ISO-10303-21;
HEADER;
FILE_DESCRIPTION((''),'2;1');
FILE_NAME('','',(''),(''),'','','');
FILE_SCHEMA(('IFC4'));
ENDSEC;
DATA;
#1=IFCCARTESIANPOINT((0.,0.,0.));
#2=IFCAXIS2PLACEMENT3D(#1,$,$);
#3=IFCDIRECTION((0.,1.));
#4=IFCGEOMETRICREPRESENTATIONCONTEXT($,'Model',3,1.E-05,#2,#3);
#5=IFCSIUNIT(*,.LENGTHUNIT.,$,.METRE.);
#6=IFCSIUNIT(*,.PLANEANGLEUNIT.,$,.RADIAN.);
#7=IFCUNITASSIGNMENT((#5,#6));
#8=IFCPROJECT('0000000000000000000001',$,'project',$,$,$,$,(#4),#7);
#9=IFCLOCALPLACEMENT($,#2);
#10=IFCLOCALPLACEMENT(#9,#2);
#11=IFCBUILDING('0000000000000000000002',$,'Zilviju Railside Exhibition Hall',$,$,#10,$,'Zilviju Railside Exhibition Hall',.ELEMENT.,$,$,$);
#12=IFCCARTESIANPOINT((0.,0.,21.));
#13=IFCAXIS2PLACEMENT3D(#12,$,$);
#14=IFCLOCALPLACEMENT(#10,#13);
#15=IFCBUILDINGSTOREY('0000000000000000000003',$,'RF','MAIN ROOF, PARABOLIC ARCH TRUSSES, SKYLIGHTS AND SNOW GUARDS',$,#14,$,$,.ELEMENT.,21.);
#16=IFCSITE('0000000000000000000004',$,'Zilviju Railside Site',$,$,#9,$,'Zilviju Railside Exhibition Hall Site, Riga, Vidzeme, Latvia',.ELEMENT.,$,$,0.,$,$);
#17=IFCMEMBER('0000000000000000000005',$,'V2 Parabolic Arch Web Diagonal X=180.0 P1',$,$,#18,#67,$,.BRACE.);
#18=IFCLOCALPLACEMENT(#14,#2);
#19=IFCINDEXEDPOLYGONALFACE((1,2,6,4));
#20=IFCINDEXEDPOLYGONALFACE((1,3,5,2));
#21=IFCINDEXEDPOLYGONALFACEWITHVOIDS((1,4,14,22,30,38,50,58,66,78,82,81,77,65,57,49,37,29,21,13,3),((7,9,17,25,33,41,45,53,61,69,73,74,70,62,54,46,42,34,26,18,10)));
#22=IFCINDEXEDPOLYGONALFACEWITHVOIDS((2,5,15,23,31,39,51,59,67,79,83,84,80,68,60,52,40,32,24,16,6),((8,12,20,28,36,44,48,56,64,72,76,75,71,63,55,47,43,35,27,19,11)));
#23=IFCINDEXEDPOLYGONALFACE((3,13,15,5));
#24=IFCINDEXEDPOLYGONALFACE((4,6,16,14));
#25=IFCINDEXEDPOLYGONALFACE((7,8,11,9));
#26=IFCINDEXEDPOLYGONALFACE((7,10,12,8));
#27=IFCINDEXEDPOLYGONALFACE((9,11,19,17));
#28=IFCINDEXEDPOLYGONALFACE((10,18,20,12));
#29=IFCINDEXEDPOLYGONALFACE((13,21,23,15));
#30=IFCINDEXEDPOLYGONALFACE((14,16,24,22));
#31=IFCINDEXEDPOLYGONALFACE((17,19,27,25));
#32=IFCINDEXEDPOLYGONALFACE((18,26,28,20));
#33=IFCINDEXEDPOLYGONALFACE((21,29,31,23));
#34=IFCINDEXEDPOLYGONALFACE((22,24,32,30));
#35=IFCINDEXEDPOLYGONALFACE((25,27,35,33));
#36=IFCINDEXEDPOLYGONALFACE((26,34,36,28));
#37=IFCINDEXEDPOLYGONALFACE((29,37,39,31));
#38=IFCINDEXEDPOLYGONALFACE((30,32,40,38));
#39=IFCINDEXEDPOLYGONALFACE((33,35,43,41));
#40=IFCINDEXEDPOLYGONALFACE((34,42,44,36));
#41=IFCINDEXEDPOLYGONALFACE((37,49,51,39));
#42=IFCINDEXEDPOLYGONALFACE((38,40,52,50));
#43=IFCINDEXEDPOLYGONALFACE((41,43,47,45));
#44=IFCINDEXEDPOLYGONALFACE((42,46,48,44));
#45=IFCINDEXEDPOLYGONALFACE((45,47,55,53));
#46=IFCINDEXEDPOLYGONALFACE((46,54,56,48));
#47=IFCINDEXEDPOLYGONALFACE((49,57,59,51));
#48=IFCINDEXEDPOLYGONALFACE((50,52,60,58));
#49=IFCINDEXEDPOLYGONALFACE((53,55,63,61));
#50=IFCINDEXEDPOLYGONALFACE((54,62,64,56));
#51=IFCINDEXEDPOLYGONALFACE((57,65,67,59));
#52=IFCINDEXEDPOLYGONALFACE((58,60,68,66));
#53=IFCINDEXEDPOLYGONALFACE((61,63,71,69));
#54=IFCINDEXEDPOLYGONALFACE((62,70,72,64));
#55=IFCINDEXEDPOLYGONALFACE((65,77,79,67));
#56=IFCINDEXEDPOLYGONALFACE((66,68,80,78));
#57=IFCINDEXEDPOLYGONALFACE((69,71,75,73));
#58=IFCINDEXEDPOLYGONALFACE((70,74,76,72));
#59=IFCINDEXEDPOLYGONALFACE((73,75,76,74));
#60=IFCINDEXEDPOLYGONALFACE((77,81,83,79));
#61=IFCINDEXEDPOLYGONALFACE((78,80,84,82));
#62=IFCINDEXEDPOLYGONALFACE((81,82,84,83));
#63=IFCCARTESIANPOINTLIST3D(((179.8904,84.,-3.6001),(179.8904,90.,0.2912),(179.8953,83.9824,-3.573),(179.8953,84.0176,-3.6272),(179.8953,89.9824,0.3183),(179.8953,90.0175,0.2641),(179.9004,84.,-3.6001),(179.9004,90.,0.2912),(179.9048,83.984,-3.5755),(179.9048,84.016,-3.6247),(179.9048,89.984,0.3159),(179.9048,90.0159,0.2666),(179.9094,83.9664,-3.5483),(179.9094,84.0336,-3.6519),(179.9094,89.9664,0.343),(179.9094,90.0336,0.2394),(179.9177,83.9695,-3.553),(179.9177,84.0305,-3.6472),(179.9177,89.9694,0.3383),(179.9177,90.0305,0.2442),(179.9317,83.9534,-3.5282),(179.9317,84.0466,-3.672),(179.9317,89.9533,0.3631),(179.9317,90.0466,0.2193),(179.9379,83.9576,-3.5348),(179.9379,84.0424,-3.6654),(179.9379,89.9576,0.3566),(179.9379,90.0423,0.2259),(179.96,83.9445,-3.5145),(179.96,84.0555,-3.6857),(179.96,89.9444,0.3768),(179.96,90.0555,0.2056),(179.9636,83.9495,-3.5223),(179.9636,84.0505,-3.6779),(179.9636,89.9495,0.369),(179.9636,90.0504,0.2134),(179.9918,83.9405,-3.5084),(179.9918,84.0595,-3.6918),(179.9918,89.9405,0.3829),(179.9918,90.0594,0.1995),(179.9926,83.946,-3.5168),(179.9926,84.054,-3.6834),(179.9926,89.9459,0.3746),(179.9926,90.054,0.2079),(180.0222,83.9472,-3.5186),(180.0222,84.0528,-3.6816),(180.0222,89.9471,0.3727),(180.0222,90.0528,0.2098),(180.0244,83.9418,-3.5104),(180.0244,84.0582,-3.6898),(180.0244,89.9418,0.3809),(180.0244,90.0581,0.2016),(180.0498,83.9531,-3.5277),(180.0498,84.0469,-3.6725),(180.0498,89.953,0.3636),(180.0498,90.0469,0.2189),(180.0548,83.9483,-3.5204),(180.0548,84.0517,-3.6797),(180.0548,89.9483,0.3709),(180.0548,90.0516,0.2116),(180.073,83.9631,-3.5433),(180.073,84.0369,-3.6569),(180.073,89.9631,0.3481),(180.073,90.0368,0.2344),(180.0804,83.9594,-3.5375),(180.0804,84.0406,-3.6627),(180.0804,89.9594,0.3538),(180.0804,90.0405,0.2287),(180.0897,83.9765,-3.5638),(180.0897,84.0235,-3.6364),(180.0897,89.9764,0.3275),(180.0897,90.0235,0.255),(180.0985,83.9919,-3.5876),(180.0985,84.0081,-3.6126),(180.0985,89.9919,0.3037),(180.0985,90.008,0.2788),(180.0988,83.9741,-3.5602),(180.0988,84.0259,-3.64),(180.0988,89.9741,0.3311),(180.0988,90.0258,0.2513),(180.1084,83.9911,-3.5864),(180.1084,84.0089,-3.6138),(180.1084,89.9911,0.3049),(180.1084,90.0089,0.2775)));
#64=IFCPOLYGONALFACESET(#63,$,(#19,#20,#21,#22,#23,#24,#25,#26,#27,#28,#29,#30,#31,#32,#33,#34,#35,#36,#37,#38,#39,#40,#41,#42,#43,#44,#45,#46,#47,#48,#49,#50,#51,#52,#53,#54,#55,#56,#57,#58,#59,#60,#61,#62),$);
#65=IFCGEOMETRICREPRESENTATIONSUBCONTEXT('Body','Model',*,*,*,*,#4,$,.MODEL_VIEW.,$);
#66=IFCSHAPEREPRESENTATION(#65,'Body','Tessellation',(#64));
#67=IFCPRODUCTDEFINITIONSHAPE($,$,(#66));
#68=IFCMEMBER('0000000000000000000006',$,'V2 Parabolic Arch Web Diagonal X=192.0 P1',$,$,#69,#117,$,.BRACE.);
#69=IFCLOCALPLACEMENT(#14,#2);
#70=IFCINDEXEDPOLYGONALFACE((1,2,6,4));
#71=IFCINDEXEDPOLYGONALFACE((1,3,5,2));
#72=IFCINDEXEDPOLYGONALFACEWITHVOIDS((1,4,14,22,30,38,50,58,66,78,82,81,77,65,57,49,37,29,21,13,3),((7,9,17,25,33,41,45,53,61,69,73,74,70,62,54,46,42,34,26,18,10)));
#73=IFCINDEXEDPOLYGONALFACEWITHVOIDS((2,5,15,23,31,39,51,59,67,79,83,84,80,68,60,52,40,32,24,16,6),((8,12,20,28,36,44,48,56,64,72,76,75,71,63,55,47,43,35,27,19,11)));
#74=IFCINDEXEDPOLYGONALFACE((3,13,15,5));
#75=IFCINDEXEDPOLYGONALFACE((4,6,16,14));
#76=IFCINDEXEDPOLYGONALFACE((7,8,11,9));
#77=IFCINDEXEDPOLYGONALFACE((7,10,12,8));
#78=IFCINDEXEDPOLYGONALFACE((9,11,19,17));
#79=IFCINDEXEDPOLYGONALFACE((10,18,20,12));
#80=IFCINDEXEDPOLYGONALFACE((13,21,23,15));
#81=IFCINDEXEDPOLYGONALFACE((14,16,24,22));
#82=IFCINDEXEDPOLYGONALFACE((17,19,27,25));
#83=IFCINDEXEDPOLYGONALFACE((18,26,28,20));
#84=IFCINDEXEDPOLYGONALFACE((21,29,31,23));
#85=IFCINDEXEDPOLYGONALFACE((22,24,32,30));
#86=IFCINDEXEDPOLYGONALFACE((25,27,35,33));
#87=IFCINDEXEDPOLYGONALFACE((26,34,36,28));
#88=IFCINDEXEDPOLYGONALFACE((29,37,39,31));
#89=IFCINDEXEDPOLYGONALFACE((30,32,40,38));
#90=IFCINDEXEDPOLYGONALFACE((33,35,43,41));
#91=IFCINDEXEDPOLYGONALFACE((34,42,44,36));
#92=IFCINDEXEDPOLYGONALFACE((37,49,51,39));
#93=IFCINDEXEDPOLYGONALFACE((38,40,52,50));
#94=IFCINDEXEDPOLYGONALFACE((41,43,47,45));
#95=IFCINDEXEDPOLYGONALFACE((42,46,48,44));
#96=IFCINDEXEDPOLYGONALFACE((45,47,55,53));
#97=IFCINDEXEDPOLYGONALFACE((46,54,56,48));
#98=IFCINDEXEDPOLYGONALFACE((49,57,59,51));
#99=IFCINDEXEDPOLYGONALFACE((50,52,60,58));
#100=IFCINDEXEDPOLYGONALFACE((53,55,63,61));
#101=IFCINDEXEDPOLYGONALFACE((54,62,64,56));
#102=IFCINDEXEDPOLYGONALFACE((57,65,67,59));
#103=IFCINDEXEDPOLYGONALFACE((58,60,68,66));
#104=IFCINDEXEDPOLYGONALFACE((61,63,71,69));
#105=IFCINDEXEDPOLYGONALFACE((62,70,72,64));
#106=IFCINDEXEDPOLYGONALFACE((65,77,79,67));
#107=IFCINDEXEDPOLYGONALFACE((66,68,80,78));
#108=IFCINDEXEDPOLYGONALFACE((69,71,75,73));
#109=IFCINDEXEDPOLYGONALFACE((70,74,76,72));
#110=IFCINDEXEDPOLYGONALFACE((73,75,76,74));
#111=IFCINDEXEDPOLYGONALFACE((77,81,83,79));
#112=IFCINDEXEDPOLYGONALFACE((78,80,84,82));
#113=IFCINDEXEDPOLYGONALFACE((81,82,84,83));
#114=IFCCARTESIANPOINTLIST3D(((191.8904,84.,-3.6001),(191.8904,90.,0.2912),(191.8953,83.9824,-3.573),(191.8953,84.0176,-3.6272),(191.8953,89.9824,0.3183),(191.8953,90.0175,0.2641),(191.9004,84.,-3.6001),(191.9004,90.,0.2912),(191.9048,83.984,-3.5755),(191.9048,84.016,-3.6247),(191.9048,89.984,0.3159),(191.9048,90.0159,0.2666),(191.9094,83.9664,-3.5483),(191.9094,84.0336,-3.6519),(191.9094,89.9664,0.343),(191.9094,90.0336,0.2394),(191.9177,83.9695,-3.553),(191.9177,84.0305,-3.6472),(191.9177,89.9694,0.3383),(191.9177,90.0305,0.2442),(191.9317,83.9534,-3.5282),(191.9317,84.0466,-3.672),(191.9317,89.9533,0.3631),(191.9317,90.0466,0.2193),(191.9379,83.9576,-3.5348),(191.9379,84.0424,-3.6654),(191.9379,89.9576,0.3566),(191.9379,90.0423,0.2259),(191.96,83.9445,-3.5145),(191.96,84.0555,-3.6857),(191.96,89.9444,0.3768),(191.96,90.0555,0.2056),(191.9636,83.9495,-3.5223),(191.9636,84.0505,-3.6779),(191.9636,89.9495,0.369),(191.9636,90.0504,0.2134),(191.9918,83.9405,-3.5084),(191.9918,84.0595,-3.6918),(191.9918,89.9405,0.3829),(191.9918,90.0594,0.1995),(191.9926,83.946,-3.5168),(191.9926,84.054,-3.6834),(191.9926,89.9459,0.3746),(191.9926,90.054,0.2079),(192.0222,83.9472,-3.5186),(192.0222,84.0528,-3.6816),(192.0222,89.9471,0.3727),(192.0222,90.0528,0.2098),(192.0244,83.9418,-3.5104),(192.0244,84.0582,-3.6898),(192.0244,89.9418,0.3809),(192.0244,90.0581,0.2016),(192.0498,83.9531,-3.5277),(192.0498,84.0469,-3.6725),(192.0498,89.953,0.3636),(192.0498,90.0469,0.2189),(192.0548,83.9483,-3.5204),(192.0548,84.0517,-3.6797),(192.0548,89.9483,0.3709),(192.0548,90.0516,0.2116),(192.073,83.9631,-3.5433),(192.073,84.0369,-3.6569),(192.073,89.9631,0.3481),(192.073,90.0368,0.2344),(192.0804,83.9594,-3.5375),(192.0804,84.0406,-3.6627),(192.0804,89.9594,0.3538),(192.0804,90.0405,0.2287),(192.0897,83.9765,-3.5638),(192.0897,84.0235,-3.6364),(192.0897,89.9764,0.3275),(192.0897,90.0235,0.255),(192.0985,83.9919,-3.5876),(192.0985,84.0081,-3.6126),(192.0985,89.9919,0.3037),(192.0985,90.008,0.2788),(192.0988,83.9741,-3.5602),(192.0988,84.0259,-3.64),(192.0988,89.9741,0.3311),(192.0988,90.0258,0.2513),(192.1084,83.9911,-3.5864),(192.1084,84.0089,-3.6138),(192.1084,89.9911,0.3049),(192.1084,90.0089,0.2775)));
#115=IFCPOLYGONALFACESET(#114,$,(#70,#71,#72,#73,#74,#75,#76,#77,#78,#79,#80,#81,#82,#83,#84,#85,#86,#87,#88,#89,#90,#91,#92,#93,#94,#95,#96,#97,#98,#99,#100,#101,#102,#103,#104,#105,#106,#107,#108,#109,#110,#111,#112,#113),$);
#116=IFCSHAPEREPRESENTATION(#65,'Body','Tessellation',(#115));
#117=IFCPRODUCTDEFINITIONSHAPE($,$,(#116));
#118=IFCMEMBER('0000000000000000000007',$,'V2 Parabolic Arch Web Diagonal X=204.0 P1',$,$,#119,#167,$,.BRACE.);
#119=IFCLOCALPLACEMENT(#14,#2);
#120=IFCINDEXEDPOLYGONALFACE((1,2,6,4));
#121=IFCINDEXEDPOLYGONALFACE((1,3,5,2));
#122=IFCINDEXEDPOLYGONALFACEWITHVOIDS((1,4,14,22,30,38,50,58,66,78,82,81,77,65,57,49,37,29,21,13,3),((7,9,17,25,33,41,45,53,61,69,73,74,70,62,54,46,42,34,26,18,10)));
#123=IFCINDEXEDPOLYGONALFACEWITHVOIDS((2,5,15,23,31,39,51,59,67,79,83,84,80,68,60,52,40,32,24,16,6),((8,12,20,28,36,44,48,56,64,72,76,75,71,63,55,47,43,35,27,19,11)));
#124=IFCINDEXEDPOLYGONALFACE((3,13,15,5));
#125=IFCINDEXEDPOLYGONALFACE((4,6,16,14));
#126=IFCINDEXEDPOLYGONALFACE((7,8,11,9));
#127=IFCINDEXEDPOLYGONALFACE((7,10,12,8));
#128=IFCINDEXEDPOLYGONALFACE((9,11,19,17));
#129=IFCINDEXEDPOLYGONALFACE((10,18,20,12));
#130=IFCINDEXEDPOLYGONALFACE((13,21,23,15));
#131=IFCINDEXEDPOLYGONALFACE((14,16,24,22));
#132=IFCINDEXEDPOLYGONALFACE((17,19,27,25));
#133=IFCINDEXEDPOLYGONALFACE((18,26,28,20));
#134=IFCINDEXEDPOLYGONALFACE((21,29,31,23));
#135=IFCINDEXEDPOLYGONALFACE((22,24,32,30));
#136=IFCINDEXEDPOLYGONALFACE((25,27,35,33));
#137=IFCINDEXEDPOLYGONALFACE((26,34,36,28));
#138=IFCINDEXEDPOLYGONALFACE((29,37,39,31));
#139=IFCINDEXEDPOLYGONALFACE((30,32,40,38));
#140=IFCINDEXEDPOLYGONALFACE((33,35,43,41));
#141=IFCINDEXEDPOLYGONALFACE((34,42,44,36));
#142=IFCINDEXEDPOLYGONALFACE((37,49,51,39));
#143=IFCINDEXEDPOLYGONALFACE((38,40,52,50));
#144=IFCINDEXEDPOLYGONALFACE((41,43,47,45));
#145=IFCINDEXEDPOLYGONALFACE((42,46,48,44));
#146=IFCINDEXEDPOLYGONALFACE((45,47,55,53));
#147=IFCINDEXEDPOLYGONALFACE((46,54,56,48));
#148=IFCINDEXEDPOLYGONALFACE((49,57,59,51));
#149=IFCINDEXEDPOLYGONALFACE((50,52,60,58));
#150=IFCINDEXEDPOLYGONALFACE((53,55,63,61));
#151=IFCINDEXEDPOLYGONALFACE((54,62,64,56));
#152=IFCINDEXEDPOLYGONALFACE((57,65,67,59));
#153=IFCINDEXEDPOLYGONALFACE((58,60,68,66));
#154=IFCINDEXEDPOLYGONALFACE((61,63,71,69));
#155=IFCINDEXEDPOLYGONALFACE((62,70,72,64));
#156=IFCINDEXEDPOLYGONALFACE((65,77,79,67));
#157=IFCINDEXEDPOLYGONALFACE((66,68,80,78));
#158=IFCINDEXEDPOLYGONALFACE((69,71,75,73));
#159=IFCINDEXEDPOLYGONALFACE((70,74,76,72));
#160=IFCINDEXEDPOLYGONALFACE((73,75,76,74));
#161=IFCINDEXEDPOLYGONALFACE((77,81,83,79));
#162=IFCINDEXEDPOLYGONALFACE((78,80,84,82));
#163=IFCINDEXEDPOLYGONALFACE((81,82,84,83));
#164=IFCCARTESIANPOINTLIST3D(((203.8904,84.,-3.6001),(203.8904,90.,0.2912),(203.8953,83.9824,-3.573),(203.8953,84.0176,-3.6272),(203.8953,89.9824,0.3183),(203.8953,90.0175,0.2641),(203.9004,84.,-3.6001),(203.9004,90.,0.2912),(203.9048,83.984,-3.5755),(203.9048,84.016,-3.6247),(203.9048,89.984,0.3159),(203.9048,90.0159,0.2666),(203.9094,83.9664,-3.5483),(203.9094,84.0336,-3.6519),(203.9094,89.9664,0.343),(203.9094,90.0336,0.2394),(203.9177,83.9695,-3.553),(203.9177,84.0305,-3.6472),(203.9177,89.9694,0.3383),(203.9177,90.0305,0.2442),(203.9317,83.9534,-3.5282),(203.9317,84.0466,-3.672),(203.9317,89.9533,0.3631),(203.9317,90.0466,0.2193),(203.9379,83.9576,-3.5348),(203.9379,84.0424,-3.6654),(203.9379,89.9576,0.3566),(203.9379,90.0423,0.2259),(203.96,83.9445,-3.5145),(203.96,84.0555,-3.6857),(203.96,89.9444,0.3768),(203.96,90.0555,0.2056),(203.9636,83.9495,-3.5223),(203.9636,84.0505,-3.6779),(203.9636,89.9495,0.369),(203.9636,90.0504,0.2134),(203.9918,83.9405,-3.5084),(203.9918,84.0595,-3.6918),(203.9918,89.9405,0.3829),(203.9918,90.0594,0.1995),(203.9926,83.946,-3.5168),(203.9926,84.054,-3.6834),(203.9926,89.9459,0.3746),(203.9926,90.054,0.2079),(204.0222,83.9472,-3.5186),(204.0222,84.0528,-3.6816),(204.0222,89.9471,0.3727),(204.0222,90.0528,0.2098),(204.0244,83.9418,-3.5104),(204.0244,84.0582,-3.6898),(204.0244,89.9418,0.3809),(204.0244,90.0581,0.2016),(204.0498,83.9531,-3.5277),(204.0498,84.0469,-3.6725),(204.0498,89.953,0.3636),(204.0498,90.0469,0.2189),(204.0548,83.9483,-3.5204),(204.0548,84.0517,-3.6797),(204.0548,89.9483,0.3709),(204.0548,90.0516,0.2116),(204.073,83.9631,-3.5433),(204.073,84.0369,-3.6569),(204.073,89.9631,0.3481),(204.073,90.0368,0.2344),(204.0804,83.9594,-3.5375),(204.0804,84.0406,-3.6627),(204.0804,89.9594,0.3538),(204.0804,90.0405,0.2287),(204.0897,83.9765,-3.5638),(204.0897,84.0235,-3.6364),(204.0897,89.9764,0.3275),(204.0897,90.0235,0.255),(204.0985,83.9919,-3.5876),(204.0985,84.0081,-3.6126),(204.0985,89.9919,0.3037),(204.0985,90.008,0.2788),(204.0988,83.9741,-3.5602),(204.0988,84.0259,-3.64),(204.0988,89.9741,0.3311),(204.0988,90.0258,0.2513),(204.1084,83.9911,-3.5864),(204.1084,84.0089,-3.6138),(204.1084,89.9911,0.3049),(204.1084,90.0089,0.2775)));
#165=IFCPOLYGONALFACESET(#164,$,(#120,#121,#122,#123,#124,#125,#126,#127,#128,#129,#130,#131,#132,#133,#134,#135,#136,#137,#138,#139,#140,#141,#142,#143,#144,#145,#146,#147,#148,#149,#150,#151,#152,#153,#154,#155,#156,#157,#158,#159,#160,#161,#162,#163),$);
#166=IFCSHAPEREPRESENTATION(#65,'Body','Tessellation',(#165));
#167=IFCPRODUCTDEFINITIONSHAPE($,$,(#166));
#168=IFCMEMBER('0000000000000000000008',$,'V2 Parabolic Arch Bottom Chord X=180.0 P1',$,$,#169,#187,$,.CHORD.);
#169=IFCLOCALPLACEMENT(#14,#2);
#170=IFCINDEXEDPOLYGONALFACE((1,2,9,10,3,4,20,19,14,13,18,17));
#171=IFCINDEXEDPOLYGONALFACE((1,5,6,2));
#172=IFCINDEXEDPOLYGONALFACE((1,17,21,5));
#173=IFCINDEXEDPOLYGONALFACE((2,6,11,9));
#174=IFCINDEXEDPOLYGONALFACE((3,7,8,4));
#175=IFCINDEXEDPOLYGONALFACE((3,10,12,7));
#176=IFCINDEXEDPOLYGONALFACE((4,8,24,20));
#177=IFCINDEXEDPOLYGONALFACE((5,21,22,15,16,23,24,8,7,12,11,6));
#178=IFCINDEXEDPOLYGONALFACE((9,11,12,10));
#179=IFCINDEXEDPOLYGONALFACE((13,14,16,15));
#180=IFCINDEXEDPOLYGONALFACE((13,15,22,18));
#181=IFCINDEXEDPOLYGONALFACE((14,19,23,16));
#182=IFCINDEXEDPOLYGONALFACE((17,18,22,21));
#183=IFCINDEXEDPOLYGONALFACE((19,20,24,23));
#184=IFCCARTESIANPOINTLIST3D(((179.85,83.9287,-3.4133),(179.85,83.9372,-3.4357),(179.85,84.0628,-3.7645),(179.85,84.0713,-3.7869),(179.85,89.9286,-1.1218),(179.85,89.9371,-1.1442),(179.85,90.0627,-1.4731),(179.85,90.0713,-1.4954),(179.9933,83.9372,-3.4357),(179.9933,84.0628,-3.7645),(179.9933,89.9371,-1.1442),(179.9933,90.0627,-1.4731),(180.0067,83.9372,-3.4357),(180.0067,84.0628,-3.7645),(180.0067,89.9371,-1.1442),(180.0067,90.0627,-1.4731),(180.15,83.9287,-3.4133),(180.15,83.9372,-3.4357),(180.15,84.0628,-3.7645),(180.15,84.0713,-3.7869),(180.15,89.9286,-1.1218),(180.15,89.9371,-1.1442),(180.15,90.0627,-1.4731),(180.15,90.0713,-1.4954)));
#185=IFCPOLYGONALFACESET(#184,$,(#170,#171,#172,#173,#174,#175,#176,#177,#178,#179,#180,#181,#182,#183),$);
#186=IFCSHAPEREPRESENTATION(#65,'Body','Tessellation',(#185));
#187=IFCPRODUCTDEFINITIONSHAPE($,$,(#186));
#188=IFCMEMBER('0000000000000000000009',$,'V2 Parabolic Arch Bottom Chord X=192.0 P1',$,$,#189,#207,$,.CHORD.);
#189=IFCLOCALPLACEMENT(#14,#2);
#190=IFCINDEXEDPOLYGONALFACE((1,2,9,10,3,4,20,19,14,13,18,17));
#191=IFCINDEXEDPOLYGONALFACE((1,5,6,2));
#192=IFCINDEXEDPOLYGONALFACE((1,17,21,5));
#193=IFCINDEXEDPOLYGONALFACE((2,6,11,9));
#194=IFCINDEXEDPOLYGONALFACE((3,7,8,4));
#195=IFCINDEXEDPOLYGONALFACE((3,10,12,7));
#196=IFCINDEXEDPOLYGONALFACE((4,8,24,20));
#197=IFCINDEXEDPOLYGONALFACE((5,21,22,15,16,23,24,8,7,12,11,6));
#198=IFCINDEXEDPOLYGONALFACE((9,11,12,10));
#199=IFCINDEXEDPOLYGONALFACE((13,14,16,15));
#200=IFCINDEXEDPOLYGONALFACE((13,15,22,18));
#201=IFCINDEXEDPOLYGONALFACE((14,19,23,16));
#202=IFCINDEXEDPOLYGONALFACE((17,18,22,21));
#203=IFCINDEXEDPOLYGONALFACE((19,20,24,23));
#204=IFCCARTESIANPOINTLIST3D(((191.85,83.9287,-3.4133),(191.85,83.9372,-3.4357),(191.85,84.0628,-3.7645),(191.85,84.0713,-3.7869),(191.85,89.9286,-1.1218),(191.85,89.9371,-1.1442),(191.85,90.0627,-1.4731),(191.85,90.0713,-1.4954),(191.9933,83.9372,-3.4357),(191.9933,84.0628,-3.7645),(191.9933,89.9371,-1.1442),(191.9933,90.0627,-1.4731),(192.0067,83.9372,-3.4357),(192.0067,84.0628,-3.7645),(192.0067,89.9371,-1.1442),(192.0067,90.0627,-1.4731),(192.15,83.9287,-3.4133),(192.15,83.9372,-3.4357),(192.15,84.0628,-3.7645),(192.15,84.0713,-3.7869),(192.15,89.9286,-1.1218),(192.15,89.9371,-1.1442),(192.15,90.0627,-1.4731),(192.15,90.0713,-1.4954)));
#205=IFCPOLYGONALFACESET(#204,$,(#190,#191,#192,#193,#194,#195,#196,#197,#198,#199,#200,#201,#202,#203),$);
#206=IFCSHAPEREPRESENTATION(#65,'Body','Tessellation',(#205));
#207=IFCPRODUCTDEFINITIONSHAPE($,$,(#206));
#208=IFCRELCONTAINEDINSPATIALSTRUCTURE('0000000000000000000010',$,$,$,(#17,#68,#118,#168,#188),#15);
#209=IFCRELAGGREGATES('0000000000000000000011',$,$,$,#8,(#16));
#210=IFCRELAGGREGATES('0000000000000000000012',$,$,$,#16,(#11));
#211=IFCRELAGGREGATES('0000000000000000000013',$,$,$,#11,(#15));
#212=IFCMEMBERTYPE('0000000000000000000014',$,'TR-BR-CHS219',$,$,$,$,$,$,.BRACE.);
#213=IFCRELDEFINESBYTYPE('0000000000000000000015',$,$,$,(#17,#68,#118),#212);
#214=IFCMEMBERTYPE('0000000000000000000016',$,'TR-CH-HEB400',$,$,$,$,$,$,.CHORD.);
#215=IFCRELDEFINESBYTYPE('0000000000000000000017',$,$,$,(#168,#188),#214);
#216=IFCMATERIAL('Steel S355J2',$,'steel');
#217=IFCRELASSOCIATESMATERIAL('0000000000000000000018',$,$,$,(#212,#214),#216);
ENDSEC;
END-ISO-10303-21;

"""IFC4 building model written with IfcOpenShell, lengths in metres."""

from ifc_helpers import new_model, si_unit, direction, frame, origin, origin_2d, place, context, subcontext, project, spatial, hollow_circle, i_section, extrude, material, material_profile, profile_set, type_object, element, save


model = new_model("IFC4")

# Units and contexts
model_context = context("Model", 3, precision=1e-05, world=origin(), true_north=direction((0.0, 1.0)))
body_context = subcontext(model_context, "Body", "Model", "MODEL_VIEW")
ifc_project = project(units=[si_unit("LENGTHUNIT", "METRE"), si_unit("PLANEANGLEUNIT", "RADIAN")], contexts=[model_context])

# Site, building, storey
site_placement = place(None, origin())
site = spatial("IfcSite", under=ifc_project, at=site_placement, Name="Zilviju Railside Site", LongName="Zilviju Railside Exhibition Hall Site, Riga, Vidzeme, Latvia", CompositionType="ELEMENT", RefElevation=0.0)
building_placement = place(site_placement, origin())
building = spatial("IfcBuilding", under=site, at=building_placement, Name="Zilviju Railside Exhibition Hall", LongName="Zilviju Railside Exhibition Hall", CompositionType="ELEMENT")
storey_placement = place(building_placement, frame((0.0, 0.0, 21.0)))
storey = spatial("IfcBuildingStorey", under=building, at=storey_placement, Name="RF", Description="MAIN ROOF, PARABOLIC ARCH TRUSSES, SKYLIGHTS AND SNOW GUARDS", CompositionType="ELEMENT", Elevation=21.0)

# Members
ifc_material_1 = material(Name="Steel S355J2", Category="steel")
ifc_material_profile_1 = material_profile(ifc_material_1, hollow_circle(Radius=0.1096, WallThickness=0.01, at=origin_2d()), Name="CHS 219.1x10.0")
ifc_profile_set_1 = profile_set([ifc_material_profile_1], Name="Steel S355J2")
member_type_1 = type_object("IfcMemberType", Name="TR-BR-CHS219", PredefinedType="BRACE", material=ifc_profile_set_1)
for number, where, z_axis, x_axis, name in (
    (1, (180.0, 84.0, -3.6001), (0.0, 0.838995, 0.544139), (-1.0, 0.0, 0.0), "V2 Parabolic Arch Web Diagonal X=180.0 P1"),
    (2, (192.0, 84.0, -3.6001), (0.0, 0.838995, 0.544139), (-1.0, 0.0, 0.0), "V2 Parabolic Arch Web Diagonal X=192.0 P1"),
    (3, (204.0, 84.0, -3.6001), (0.0, 0.838995, 0.544139), (-1.0, 0.0, 0.0), "V2 Parabolic Arch Web Diagonal X=204.0 P1"),
):
    element("IfcMember", number, at=place(storey_placement, frame(where, z_axis=z_axis, x_axis=x_axis)), inside=storey, type_object=member_type_1, Name=name, PredefinedType="BRACE", context=body_context, shape_type="SweptSolid", body=[
        extrude(hollow_circle(Radius=0.1096, WallThickness=0.01, at=origin_2d()), origin(), (0.0, 0.0, 1.0), 7.1514),
    ])
ifc_material_profile_2 = material_profile(ifc_material_1, i_section(OverallWidth=0.3, OverallDepth=0.3999, WebThickness=0.0134, FlangeThickness=0.0239, at=origin_2d()), Name="HEB 400")
ifc_profile_set_2 = profile_set([ifc_material_profile_2], Name="Steel S355J2")
member_type_2 = type_object("IfcMemberType", Name="TR-CH-HEB400", PredefinedType="CHORD", material=ifc_profile_set_2)
for number, where, z_axis, x_axis, name in (
    (4, (180.0, 84.0, -3.6001), (0.0, 0.934188, 0.356782), (-1.0, 0.0, 0.0), "V2 Parabolic Arch Bottom Chord X=180.0 P1"),
    (5, (192.0, 84.0, -3.6001), (0.0, 0.934188, 0.356782), (-1.0, 0.0, 0.0), "V2 Parabolic Arch Bottom Chord X=192.0 P1"),
):
    element("IfcMember", number, at=place(storey_placement, frame(where, z_axis=z_axis, x_axis=x_axis)), inside=storey, type_object=member_type_2, Name=name, PredefinedType="CHORD", context=body_context, shape_type="SweptSolid", body=[
        extrude(i_section(OverallWidth=0.3, OverallDepth=0.3999, WebThickness=0.0134, FlangeThickness=0.0239, at=origin_2d()), origin(), (0.0, 0.0, 1.0), 6.4226),
    ])

save(model, "model.ifc")
